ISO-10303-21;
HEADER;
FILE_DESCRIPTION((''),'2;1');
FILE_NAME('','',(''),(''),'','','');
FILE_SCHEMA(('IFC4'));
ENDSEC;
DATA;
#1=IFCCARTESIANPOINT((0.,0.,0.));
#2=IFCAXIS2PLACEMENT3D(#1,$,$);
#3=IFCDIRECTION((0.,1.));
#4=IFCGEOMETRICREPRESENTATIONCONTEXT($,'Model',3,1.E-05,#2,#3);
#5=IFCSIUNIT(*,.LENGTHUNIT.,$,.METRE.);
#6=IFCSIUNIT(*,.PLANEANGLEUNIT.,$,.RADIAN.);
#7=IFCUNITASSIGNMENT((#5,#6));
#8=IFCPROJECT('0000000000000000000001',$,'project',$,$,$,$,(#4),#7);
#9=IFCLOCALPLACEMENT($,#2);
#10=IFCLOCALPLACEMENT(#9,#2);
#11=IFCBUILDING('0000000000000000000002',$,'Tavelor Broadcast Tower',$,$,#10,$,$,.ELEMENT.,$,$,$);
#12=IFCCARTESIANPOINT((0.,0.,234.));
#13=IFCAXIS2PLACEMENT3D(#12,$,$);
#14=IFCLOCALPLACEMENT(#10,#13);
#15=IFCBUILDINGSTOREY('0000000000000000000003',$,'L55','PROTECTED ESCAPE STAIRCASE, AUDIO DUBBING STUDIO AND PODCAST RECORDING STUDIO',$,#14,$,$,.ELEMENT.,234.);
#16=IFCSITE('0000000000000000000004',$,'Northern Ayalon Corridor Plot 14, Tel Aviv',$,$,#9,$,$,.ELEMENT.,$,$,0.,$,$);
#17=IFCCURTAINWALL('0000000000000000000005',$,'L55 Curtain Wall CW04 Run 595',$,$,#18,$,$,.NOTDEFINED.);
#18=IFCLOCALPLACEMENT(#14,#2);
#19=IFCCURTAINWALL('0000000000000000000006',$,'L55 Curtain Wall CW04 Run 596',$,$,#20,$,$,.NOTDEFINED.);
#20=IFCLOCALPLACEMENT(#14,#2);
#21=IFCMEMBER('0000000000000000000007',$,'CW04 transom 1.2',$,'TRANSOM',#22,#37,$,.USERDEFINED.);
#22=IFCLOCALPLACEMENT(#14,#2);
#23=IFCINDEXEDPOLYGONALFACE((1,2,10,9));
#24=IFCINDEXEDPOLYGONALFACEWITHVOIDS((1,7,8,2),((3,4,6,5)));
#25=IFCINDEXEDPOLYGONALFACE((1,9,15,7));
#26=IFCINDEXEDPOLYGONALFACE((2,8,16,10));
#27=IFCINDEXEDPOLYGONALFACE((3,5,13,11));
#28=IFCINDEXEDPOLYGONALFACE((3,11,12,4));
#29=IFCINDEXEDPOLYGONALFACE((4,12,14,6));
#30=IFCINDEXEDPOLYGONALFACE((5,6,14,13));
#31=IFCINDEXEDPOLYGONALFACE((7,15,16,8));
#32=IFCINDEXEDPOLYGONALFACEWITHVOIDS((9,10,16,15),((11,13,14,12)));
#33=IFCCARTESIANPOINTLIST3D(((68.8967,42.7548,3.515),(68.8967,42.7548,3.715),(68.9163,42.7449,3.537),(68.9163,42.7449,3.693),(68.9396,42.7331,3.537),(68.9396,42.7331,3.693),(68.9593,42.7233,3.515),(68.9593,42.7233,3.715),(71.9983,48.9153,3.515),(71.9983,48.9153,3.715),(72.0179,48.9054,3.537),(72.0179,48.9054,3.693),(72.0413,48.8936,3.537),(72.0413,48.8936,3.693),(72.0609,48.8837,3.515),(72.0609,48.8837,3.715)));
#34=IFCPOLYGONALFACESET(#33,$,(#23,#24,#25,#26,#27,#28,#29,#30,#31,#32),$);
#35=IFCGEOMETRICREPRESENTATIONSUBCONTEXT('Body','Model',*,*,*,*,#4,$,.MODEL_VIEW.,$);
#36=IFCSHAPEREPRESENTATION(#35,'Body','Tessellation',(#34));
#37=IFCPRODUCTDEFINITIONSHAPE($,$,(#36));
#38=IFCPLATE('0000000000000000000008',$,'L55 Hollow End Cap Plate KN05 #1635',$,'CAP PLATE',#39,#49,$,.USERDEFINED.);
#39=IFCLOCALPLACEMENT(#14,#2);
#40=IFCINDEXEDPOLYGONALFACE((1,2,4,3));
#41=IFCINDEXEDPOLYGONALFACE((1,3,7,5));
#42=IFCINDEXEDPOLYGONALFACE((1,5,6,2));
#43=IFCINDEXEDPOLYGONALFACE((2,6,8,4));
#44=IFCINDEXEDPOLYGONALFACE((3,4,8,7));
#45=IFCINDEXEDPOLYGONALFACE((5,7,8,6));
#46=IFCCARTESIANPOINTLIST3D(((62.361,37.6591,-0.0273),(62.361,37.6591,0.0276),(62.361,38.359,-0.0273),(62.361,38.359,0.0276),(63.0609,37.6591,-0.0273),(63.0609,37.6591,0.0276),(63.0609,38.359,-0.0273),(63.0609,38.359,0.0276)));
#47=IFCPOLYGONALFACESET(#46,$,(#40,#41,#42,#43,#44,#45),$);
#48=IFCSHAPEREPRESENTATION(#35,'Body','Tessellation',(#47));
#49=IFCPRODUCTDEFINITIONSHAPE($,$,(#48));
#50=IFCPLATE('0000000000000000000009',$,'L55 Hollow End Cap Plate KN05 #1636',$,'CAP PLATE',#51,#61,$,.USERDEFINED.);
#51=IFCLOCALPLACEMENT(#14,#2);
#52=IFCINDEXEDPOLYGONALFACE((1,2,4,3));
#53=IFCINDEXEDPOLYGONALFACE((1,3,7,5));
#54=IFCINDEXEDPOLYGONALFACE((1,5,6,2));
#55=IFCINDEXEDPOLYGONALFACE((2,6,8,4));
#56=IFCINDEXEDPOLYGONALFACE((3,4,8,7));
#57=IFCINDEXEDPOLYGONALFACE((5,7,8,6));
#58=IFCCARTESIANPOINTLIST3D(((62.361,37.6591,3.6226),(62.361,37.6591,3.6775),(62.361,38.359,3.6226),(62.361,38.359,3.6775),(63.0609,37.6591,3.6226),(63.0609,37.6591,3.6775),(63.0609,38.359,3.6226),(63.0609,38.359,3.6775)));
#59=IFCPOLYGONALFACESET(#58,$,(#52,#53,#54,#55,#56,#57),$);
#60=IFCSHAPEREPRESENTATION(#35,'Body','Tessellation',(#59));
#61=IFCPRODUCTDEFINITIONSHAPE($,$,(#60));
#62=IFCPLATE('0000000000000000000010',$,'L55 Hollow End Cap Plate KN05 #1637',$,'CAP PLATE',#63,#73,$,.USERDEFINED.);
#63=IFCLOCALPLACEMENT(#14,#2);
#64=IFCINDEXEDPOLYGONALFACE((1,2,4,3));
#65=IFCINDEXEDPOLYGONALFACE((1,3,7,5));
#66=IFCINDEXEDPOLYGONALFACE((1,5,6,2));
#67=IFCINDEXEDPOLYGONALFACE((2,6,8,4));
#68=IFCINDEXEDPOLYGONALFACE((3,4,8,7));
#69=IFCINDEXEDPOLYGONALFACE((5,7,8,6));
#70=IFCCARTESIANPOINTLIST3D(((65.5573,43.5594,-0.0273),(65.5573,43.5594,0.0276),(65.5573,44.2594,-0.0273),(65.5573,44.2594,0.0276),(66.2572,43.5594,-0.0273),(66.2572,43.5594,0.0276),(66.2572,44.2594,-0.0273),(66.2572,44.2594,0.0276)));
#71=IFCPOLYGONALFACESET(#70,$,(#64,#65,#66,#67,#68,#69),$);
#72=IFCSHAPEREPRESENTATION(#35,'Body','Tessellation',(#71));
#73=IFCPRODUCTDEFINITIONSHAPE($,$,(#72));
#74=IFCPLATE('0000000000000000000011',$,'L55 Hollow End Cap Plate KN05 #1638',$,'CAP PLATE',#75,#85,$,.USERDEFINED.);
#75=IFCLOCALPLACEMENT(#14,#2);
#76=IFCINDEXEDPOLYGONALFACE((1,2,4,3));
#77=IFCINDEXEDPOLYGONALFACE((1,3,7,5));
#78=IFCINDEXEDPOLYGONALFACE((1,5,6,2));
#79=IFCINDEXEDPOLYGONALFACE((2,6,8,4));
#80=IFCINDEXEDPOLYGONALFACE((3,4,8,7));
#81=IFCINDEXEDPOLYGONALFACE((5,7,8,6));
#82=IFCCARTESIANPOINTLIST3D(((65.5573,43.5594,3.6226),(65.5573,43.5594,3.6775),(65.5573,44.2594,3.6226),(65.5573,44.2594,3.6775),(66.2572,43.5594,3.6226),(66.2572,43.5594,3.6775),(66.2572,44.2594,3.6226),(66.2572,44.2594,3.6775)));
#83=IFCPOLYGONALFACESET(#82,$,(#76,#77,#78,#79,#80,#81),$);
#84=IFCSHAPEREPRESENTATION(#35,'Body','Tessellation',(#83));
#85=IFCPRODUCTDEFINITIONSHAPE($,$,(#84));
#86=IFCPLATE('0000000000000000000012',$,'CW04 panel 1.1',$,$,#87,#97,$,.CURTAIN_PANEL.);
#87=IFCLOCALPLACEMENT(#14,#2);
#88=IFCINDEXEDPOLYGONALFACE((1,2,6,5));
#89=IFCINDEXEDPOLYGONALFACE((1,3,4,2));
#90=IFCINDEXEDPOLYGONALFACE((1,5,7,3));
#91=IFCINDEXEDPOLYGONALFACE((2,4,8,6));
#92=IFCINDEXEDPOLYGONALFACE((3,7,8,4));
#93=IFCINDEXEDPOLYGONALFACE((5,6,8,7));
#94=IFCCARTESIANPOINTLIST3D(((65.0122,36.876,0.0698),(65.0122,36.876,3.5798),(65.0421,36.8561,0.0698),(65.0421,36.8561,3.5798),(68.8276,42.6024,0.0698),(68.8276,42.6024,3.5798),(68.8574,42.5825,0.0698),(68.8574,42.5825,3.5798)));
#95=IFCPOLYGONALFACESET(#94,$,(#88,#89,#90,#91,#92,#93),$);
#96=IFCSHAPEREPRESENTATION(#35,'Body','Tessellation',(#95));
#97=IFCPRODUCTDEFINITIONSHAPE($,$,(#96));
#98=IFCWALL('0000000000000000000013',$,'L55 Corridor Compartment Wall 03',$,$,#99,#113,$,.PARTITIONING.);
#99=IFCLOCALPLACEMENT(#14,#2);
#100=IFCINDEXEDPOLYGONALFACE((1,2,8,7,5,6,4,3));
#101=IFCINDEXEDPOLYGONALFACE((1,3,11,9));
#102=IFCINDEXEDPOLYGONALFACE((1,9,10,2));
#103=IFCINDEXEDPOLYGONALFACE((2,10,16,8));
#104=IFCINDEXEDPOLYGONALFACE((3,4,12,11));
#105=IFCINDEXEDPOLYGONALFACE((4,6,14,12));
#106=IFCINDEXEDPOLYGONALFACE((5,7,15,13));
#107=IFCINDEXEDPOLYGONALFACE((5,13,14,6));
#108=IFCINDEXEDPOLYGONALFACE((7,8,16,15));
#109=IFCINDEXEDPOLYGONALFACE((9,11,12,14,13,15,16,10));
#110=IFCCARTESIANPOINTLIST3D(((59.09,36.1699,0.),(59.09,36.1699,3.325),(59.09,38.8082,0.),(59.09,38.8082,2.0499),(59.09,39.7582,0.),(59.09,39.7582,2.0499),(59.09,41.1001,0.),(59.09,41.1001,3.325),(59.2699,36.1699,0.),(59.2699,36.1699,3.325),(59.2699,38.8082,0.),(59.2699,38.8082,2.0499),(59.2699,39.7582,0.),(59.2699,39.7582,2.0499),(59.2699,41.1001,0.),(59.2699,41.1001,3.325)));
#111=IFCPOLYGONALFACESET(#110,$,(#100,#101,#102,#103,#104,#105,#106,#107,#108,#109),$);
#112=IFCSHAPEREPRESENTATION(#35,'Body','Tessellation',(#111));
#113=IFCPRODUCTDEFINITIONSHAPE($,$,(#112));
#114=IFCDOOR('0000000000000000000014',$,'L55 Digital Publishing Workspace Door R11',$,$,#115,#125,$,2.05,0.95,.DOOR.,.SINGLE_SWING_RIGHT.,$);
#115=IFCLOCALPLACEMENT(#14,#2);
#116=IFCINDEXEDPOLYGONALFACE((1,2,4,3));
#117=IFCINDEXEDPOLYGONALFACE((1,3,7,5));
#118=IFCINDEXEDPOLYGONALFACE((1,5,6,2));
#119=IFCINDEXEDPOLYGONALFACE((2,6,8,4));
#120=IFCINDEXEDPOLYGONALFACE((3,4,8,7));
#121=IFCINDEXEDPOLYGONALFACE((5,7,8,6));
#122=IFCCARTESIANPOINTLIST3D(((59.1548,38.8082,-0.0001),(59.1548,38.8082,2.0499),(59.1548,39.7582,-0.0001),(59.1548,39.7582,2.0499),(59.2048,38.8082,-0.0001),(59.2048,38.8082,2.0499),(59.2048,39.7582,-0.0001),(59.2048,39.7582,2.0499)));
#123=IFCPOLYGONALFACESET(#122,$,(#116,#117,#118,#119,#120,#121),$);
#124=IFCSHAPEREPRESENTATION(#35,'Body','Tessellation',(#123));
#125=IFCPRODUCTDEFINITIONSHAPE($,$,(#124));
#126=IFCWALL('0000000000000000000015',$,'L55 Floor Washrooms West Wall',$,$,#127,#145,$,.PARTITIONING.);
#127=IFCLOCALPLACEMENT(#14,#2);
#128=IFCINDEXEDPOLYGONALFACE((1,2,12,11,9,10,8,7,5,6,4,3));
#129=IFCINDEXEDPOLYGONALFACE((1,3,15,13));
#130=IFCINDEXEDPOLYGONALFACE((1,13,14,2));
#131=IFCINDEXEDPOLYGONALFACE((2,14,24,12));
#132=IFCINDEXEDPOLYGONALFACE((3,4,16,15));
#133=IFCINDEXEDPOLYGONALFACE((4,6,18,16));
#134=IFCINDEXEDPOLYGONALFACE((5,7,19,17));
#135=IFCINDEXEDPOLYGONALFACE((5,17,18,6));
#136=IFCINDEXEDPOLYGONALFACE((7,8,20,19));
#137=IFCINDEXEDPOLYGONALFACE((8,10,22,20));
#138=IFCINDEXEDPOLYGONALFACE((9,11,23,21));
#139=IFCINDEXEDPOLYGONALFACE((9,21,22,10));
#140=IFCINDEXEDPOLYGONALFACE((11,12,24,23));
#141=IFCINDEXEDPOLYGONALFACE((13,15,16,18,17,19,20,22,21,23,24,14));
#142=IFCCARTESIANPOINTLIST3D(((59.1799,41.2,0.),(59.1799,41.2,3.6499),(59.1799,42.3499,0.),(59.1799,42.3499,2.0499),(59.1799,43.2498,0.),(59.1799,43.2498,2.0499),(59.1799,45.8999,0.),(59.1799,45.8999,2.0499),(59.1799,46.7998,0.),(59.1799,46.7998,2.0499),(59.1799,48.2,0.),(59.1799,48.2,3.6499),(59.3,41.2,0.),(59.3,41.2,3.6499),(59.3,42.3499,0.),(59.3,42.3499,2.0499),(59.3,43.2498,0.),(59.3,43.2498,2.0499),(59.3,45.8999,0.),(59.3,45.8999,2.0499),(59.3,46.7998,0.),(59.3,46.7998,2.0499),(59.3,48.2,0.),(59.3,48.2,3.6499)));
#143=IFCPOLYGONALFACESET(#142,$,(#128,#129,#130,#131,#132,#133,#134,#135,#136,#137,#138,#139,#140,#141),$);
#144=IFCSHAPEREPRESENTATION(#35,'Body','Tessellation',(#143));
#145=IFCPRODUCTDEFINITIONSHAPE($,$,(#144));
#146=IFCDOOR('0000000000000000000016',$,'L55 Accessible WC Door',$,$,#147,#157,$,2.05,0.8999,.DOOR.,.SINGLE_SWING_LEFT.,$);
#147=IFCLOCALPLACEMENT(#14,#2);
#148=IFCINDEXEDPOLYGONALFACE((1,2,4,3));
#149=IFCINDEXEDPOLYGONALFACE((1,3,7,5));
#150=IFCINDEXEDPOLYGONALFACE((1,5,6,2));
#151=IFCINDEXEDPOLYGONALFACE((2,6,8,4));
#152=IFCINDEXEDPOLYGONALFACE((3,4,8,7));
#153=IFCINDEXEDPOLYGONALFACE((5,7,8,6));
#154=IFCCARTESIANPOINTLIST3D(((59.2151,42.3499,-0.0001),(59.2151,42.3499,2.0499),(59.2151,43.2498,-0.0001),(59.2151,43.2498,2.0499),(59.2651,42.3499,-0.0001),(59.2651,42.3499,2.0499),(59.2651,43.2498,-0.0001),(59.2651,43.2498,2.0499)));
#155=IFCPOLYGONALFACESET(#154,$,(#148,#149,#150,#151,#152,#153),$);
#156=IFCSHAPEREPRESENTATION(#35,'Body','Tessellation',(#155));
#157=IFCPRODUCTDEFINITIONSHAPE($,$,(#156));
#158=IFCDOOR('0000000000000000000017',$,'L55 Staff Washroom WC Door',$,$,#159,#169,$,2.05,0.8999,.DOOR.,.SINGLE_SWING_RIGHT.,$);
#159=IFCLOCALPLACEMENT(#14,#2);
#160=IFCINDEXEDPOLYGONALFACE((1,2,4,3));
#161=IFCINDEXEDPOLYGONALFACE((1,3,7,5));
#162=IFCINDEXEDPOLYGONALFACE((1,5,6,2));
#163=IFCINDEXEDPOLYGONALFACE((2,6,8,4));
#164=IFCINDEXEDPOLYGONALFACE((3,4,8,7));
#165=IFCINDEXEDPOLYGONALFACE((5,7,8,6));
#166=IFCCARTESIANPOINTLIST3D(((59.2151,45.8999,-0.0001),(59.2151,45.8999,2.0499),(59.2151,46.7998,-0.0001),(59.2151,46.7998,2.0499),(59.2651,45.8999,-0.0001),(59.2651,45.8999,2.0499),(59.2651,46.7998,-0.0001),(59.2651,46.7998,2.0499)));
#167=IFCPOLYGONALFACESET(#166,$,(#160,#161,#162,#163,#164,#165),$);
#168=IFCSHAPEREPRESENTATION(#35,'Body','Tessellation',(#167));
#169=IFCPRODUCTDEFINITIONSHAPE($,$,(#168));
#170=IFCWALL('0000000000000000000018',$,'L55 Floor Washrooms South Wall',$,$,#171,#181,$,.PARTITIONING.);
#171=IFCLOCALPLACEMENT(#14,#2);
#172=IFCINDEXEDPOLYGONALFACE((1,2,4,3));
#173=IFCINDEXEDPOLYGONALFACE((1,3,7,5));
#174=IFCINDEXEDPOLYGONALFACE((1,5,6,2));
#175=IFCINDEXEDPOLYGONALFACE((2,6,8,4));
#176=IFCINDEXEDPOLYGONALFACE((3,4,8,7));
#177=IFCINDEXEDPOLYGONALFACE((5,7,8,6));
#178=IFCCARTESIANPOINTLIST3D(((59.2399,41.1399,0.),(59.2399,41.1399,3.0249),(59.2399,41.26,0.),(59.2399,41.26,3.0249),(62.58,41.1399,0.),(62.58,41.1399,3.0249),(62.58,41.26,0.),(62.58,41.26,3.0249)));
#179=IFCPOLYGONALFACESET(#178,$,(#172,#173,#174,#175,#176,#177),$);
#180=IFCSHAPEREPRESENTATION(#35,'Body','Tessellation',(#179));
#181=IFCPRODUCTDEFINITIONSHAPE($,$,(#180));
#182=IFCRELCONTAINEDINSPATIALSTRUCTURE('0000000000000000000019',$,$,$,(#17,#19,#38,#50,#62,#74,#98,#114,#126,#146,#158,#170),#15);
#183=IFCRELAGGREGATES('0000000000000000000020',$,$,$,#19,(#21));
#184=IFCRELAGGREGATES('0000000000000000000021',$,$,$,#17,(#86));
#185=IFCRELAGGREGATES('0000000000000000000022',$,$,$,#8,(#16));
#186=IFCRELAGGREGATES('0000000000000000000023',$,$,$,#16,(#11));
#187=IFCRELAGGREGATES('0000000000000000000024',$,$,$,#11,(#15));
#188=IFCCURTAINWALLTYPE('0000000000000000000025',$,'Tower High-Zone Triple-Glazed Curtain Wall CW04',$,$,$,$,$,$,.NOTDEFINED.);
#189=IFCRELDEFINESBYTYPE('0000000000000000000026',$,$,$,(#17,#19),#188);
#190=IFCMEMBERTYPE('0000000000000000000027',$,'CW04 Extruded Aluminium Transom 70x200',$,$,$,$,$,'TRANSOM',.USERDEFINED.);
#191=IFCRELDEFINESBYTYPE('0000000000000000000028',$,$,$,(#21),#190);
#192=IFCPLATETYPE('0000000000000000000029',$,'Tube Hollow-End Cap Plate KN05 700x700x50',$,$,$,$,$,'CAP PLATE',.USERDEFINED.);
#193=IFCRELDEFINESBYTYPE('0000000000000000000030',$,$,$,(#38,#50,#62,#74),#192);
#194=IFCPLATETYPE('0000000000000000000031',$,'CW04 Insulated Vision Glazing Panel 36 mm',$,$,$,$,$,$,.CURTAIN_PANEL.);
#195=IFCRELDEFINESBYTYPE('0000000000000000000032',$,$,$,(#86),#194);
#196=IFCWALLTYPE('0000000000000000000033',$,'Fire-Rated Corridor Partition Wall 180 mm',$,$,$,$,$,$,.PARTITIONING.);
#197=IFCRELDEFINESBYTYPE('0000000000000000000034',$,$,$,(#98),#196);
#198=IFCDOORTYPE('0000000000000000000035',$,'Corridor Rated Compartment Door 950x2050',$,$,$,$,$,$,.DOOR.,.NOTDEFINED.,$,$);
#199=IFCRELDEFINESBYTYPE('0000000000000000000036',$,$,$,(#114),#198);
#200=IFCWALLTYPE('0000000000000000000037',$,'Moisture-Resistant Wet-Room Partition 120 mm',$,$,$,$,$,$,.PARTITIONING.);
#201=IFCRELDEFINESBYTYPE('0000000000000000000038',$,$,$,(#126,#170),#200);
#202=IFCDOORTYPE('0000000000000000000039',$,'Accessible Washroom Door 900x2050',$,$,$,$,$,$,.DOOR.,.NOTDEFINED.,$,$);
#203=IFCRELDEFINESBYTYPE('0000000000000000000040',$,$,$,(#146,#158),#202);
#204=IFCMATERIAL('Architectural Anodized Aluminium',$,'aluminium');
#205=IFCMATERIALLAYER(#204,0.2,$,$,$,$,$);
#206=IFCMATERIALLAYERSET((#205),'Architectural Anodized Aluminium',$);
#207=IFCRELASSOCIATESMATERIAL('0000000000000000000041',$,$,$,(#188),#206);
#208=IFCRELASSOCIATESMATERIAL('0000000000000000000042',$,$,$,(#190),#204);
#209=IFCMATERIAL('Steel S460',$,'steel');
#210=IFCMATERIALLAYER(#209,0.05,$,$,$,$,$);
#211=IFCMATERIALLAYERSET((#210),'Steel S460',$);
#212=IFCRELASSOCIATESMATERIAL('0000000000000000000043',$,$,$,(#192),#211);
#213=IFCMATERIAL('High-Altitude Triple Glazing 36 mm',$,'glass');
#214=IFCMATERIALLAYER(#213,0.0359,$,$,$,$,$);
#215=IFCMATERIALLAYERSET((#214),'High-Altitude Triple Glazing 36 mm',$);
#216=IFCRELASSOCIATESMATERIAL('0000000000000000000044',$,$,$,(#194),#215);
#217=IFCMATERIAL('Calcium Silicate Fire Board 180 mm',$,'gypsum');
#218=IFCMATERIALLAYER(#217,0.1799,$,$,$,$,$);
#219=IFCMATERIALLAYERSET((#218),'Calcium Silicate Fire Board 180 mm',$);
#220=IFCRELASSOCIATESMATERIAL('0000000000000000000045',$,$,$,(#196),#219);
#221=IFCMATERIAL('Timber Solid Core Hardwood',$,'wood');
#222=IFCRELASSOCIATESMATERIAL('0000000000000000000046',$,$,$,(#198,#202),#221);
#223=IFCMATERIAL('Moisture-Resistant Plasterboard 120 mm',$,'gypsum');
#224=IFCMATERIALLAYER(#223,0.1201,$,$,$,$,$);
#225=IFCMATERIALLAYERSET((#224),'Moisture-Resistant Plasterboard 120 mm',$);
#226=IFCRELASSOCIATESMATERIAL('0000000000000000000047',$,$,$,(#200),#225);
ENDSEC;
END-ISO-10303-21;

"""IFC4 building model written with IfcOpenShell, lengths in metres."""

from ifc_helpers import new_model, si_unit, direction, frame, frame_2d, origin, origin_2d, place, context, subcontext, project, spatial, rectangle, hollow_rectangle, extrude, source, transform, mapped, material, layer, layer_set, material_profile, profile_set, type_object, type_shapes, element, fill, aggregate, save


model = new_model("IFC4")

# Units and contexts
model_context = context("Model", 3, precision=1e-05, world=origin(), true_north=direction((0.0, 1.0)))
body_context = subcontext(model_context, "Body", "Model", "MODEL_VIEW")
ifc_project = project(units=[si_unit("LENGTHUNIT", "METRE"), si_unit("PLANEANGLEUNIT", "RADIAN")], contexts=[model_context])

# Site, building, storey
site_placement = place(None, origin())
site = spatial("IfcSite", under=ifc_project, at=site_placement, Name="Northern Ayalon Corridor Plot 14, Tel Aviv", CompositionType="ELEMENT", RefElevation=0.0)
building_placement = place(site_placement, origin())
building = spatial("IfcBuilding", under=site, at=building_placement, Name="Tavelor Broadcast Tower", CompositionType="ELEMENT")
storey_placement = place(building_placement, frame((0.0, 0.0, 234.0)))
storey = spatial("IfcBuildingStorey", under=building, at=storey_placement, Name="L55", Description="PROTECTED ESCAPE STAIRCASE, AUDIO DUBBING STUDIO AND PODCAST RECORDING STUDIO", CompositionType="ELEMENT", Elevation=234.0)

# Shared definitions
ifc_material_1 = material(Name="Steel S460", Category="steel")

# Curtain wall
ifc_material_2 = material(Name="Architectural Anodized Aluminium", Category="aluminium")
ifc_layer_1 = layer(ifc_material_2, 0.2)
ifc_layer_set_1 = layer_set([ifc_layer_1], Name="Architectural Anodized Aluminium")
curtain_wall_type = type_object("IfcCurtainWallType", Name="Tower High-Zone Triple-Glazed Curtain Wall CW04", PredefinedType="NOTDEFINED", material=ifc_layer_set_1)
curtain_wall_1_placement = place(storey_placement, origin())
curtain_wall_1 = element("IfcCurtainWall", 1, at=curtain_wall_1_placement, inside=storey, type_object=curtain_wall_type, Name="L55 Curtain Wall CW04 Run 595", PredefinedType="NOTDEFINED")

# Curtain wall, member
curtain_wall_2_placement = place(storey_placement, origin())
curtain_wall_2 = element("IfcCurtainWall", 2, at=curtain_wall_2_placement, inside=storey, type_object=curtain_wall_type, Name="L55 Curtain Wall CW04 Run 596", PredefinedType="NOTDEFINED")
ifc_material_profile_1 = material_profile(ifc_material_2, hollow_rectangle(XDim=0.0701, YDim=0.2, WallThickness=0.022, at=origin_2d()), Name="RHS 70x200x22")
ifc_profile_set_1 = profile_set([ifc_material_profile_1], Name="Architectural Anodized Aluminium")
member_type_1 = type_object("IfcMemberType", Name="CW04 Extruded Aluminium Transom 70x200", ElementType="TRANSOM", PredefinedType="USERDEFINED", material=ifc_profile_set_1)
shared_shape_1 = source(origin(), body_context, "Body", "SweptSolid", [
    extrude(hollow_rectangle(XDim=0.0701, YDim=0.2, WallThickness=0.022, at=origin_2d()), origin(), (0.0, 0.0, 1.0), 6.8972),
])
type_shapes(member_type_1, [shared_shape_1])
member_1_placement = place(storey_placement, frame((68.928, 42.739, 3.615), z_axis=(0.44969, 0.893185, 0.0), x_axis=(-0.893185, 0.44969, 0.0)))
member_1 = element("IfcMember", 3, at=member_1_placement, type_object=member_type_1, Name="CW04 transom 1.2", ObjectType="TRANSOM", PredefinedType="USERDEFINED", context=body_context, shape_type="MappedRepresentation", body=[
    mapped(shared_shape_1, transform((0.0, 0.0, 0.0), scale=1.0)),
])
aggregate(curtain_wall_2, [member_1])

# Plates
ifc_layer_2 = layer(ifc_material_1, 0.05)
ifc_layer_set_2 = layer_set([ifc_layer_2], Name="Steel S460")
plate_type_1 = type_object("IfcPlateType", Name="Tube Hollow-End Cap Plate KN05 700x700x50", ElementType="CAP PLATE", PredefinedType="USERDEFINED", material=ifc_layer_set_2)
shared_shape_2 = source(origin(), body_context, "Body", "SweptSolid", [
    extrude(rectangle(XDim=0.7, YDim=0.7, at=origin_2d()), origin(), (0.0, 0.0, 1.0), 0.0549),
])
type_shapes(plate_type_1, [shared_shape_2])
for number, where, z_axis, x_axis, name in (
    (4, (62.7109, 38.009, -0.0273), (0.0, 0.0, 1.0), (1.0, 0.0, 0.0), "L55 Hollow End Cap Plate KN05 #1635"),
    (5, (62.7109, 38.009, 3.6226), (0.0, 0.0, 1.0), (1.0, 0.0, 0.0), "L55 Hollow End Cap Plate KN05 #1636"),
    (6, (65.9072, 43.9094, -0.0273), (0.0, 0.0, 1.0), (1.0, 0.0, 0.0), "L55 Hollow End Cap Plate KN05 #1637"),
    (7, (65.9072, 43.9094, 3.6226), (0.0, 0.0, 1.0), (1.0, 0.0, 0.0), "L55 Hollow End Cap Plate KN05 #1638"),
):
    element("IfcPlate", number, at=place(storey_placement, frame(where, z_axis=z_axis, x_axis=x_axis)), inside=storey, type_object=plate_type_1, Name=name, ObjectType="CAP PLATE", PredefinedType="USERDEFINED", context=body_context, shape_type="MappedRepresentation", body=[
        mapped(shared_shape_2, transform((0.0, 0.0, 0.0), scale=1.0)),
    ])

# Plate
ifc_material_3 = material(Name="High-Altitude Triple Glazing 36 mm", Category="glass")
ifc_layer_3 = layer(ifc_material_3, 0.0359)
ifc_layer_set_3 = layer_set([ifc_layer_3], Name="High-Altitude Triple Glazing 36 mm")
plate_type_2 = type_object("IfcPlateType", Name="CW04 Insulated Vision Glazing Panel 36 mm", PredefinedType="CURTAIN_PANEL", material=ifc_layer_set_3)
shared_shape_3 = source(origin(), body_context, "Body", "SweptSolid", [
    extrude(rectangle(XDim=6.8811, YDim=0.0359, at=origin_2d()), origin(), (0.0, 0.0, 1.0), 3.51),
])
type_shapes(plate_type_2, [shared_shape_3])
plate_placement = place(storey_placement, frame((66.9348, 39.7292, 0.0698), z_axis=(0.0, 0.0, 1.0), x_axis=(0.55447, 0.832204, 0.0)))
plate = element("IfcPlate", 8, at=plate_placement, type_object=plate_type_2, Name="CW04 panel 1.1", PredefinedType="CURTAIN_PANEL", context=body_context, shape_type="MappedRepresentation", body=[
    mapped(shared_shape_3, transform((0.0, 0.0, 0.0), scale=1.0)),
])
aggregate(curtain_wall_1, [plate])

# Wall, opening, door
ifc_material_4 = material(Name="Calcium Silicate Fire Board 180 mm", Category="gypsum")
ifc_layer_4 = layer(ifc_material_4, 0.1799)
ifc_layer_set_4 = layer_set([ifc_layer_4], Name="Calcium Silicate Fire Board 180 mm")
wall_type_1 = type_object("IfcWallType", Name="Fire-Rated Corridor Partition Wall 180 mm", PredefinedType="PARTITIONING", material=ifc_layer_set_4)
wall_1_placement = place(storey_placement, frame((59.1799, 41.1001, 0.0), z_axis=(0.0, 0.0, 1.0), x_axis=(0.0, -1.0, 0.0)))
wall_1 = element("IfcWall", 9, at=wall_1_placement, inside=storey, type_object=wall_type_1, Name="L55 Corridor Compartment Wall 03", PredefinedType="PARTITIONING", context=body_context, shape_type="SweptSolid", body=[
    extrude(rectangle(XDim=4.9302, YDim=0.1799, at=frame_2d((2.4651, 0.0))), origin(), (0.0, 0.0, 1.0), 3.325),
])
opening_1_placement = place(wall_1_placement, frame((1.3418, 0.0, 0.0)))
opening_1 = element("IfcOpeningElement", 10, at=opening_1_placement, cuts=wall_1, PredefinedType="OPENING", context=body_context, shape_type="SweptSolid", body=[
    extrude(rectangle(XDim=0.95, YDim=2.05, at=frame_2d((0.4751, 1.0249))), frame((0.0, 0.1001, 0.0), z_axis=(0.0, -1.0, 0.0), x_axis=(1.0, 0.0, 0.0)), (0.0, 0.0, 1.0), 0.2),
])
ifc_material_5 = material(Name="Timber Solid Core Hardwood", Category="wood")
door_type_1 = type_object("IfcDoorType", Name="Corridor Rated Compartment Door 950x2050", OperationType="NOTDEFINED", PredefinedType="DOOR", material=ifc_material_5)
door_1_placement = place(opening_1_placement, origin())
door_1 = element("IfcDoor", 11, at=door_1_placement, inside=storey, type_object=door_type_1, Name="L55 Digital Publishing Workspace Door R11", OperationType="SINGLE_SWING_RIGHT", OverallHeight=2.05, OverallWidth=0.95, PredefinedType="DOOR", context=body_context, shape_type="SweptSolid", body=[
    extrude(rectangle(XDim=0.95, YDim=2.05, at=frame_2d((0.4751, 1.0249))), frame((0.0, 0.0249, 0.0), z_axis=(0.0, -1.0, 0.0), x_axis=(1.0, 0.0, 0.0)), (0.0, 0.0, 1.0), 0.05),
])
fill(opening_1, door_1)

# Wall, openings, doors
ifc_material_6 = material(Name="Moisture-Resistant Plasterboard 120 mm", Category="gypsum")
ifc_layer_5 = layer(ifc_material_6, 0.1201)
ifc_layer_set_5 = layer_set([ifc_layer_5], Name="Moisture-Resistant Plasterboard 120 mm")
wall_type_2 = type_object("IfcWallType", Name="Moisture-Resistant Wet-Room Partition 120 mm", PredefinedType="PARTITIONING", material=ifc_layer_set_5)
wall_2_placement = place(storey_placement, frame((59.24, 41.2, 0.0), z_axis=(0.0, 0.0, 1.0), x_axis=(0.0, 1.0, 0.0)))
wall_2 = element("IfcWall", 12, at=wall_2_placement, inside=storey, type_object=wall_type_2, Name="L55 Floor Washrooms West Wall", PredefinedType="PARTITIONING", context=body_context, shape_type="SweptSolid", body=[
    extrude(rectangle(XDim=7.0, YDim=0.1201, at=frame_2d((3.5, 0.0))), origin(), (0.0, 0.0, 1.0), 3.6499),
])
opening_2_placement = place(wall_2_placement, frame((1.1499, 0.0, 0.0)))
opening_2 = element("IfcOpeningElement", 13, at=opening_2_placement, cuts=wall_2, PredefinedType="OPENING", context=body_context, shape_type="SweptSolid", body=[
    extrude(rectangle(XDim=0.8999, YDim=2.05, at=frame_2d((0.45, 1.0249))), frame((0.0, 0.0701, 0.0), z_axis=(0.0, -1.0, 0.0), x_axis=(1.0, 0.0, 0.0)), (0.0, 0.0, 1.0), 0.1401),
])
opening_3_placement = place(wall_2_placement, frame((4.7, 0.0, 0.0)))
opening_3 = element("IfcOpeningElement", 14, at=opening_3_placement, cuts=wall_2, PredefinedType="OPENING", context=body_context, shape_type="SweptSolid", body=[
    extrude(rectangle(XDim=0.8999, YDim=2.05, at=frame_2d((0.45, 1.0249))), frame((0.0, 0.0701, 0.0), z_axis=(0.0, -1.0, 0.0), x_axis=(1.0, 0.0, 0.0)), (0.0, 0.0, 1.0), 0.1401),
])
door_type_2 = type_object("IfcDoorType", Name="Accessible Washroom Door 900x2050", OperationType="NOTDEFINED", PredefinedType="DOOR", material=ifc_material_5)
door_2_placement = place(opening_2_placement, origin())
door_2 = element("IfcDoor", 15, at=door_2_placement, inside=storey, type_object=door_type_2, Name="L55 Accessible WC Door", OperationType="SINGLE_SWING_LEFT", OverallHeight=2.05, OverallWidth=0.8999, PredefinedType="DOOR", context=body_context, shape_type="SweptSolid", body=[
    extrude(rectangle(XDim=0.8999, YDim=2.05, at=frame_2d((0.45, 1.0249))), frame((0.0, 0.0249, 0.0), z_axis=(0.0, -1.0, 0.0), x_axis=(1.0, 0.0, 0.0)), (0.0, 0.0, 1.0), 0.05),
])
fill(opening_2, door_2)
door_3_placement = place(opening_3_placement, origin())
door_3 = element("IfcDoor", 16, at=door_3_placement, inside=storey, type_object=door_type_2, Name="L55 Staff Washroom WC Door", OperationType="SINGLE_SWING_RIGHT", OverallHeight=2.05, OverallWidth=0.8999, PredefinedType="DOOR", context=body_context, shape_type="SweptSolid", body=[
    extrude(rectangle(XDim=0.8999, YDim=2.05, at=frame_2d((0.45, 1.0249))), frame((0.0, 0.0249, 0.0), z_axis=(0.0, -1.0, 0.0), x_axis=(1.0, 0.0, 0.0)), (0.0, 0.0, 1.0), 0.05),
])
fill(opening_3, door_3)

# Wall
wall_3_placement = place(storey_placement, frame((59.24, 41.2, 0.0), z_axis=(0.0, 0.0, 1.0), x_axis=(1.0, 0.0, 0.0)))
element("IfcWall", 17, at=wall_3_placement, inside=storey, type_object=wall_type_2, Name="L55 Floor Washrooms South Wall", PredefinedType="PARTITIONING", context=body_context, shape_type="SweptSolid", body=[
    extrude(rectangle(XDim=3.3401, YDim=0.1201, at=frame_2d((1.6699, 0.0))), origin(), (0.0, 0.0, 1.0), 3.0249),
])

save(model, "model.ifc")
